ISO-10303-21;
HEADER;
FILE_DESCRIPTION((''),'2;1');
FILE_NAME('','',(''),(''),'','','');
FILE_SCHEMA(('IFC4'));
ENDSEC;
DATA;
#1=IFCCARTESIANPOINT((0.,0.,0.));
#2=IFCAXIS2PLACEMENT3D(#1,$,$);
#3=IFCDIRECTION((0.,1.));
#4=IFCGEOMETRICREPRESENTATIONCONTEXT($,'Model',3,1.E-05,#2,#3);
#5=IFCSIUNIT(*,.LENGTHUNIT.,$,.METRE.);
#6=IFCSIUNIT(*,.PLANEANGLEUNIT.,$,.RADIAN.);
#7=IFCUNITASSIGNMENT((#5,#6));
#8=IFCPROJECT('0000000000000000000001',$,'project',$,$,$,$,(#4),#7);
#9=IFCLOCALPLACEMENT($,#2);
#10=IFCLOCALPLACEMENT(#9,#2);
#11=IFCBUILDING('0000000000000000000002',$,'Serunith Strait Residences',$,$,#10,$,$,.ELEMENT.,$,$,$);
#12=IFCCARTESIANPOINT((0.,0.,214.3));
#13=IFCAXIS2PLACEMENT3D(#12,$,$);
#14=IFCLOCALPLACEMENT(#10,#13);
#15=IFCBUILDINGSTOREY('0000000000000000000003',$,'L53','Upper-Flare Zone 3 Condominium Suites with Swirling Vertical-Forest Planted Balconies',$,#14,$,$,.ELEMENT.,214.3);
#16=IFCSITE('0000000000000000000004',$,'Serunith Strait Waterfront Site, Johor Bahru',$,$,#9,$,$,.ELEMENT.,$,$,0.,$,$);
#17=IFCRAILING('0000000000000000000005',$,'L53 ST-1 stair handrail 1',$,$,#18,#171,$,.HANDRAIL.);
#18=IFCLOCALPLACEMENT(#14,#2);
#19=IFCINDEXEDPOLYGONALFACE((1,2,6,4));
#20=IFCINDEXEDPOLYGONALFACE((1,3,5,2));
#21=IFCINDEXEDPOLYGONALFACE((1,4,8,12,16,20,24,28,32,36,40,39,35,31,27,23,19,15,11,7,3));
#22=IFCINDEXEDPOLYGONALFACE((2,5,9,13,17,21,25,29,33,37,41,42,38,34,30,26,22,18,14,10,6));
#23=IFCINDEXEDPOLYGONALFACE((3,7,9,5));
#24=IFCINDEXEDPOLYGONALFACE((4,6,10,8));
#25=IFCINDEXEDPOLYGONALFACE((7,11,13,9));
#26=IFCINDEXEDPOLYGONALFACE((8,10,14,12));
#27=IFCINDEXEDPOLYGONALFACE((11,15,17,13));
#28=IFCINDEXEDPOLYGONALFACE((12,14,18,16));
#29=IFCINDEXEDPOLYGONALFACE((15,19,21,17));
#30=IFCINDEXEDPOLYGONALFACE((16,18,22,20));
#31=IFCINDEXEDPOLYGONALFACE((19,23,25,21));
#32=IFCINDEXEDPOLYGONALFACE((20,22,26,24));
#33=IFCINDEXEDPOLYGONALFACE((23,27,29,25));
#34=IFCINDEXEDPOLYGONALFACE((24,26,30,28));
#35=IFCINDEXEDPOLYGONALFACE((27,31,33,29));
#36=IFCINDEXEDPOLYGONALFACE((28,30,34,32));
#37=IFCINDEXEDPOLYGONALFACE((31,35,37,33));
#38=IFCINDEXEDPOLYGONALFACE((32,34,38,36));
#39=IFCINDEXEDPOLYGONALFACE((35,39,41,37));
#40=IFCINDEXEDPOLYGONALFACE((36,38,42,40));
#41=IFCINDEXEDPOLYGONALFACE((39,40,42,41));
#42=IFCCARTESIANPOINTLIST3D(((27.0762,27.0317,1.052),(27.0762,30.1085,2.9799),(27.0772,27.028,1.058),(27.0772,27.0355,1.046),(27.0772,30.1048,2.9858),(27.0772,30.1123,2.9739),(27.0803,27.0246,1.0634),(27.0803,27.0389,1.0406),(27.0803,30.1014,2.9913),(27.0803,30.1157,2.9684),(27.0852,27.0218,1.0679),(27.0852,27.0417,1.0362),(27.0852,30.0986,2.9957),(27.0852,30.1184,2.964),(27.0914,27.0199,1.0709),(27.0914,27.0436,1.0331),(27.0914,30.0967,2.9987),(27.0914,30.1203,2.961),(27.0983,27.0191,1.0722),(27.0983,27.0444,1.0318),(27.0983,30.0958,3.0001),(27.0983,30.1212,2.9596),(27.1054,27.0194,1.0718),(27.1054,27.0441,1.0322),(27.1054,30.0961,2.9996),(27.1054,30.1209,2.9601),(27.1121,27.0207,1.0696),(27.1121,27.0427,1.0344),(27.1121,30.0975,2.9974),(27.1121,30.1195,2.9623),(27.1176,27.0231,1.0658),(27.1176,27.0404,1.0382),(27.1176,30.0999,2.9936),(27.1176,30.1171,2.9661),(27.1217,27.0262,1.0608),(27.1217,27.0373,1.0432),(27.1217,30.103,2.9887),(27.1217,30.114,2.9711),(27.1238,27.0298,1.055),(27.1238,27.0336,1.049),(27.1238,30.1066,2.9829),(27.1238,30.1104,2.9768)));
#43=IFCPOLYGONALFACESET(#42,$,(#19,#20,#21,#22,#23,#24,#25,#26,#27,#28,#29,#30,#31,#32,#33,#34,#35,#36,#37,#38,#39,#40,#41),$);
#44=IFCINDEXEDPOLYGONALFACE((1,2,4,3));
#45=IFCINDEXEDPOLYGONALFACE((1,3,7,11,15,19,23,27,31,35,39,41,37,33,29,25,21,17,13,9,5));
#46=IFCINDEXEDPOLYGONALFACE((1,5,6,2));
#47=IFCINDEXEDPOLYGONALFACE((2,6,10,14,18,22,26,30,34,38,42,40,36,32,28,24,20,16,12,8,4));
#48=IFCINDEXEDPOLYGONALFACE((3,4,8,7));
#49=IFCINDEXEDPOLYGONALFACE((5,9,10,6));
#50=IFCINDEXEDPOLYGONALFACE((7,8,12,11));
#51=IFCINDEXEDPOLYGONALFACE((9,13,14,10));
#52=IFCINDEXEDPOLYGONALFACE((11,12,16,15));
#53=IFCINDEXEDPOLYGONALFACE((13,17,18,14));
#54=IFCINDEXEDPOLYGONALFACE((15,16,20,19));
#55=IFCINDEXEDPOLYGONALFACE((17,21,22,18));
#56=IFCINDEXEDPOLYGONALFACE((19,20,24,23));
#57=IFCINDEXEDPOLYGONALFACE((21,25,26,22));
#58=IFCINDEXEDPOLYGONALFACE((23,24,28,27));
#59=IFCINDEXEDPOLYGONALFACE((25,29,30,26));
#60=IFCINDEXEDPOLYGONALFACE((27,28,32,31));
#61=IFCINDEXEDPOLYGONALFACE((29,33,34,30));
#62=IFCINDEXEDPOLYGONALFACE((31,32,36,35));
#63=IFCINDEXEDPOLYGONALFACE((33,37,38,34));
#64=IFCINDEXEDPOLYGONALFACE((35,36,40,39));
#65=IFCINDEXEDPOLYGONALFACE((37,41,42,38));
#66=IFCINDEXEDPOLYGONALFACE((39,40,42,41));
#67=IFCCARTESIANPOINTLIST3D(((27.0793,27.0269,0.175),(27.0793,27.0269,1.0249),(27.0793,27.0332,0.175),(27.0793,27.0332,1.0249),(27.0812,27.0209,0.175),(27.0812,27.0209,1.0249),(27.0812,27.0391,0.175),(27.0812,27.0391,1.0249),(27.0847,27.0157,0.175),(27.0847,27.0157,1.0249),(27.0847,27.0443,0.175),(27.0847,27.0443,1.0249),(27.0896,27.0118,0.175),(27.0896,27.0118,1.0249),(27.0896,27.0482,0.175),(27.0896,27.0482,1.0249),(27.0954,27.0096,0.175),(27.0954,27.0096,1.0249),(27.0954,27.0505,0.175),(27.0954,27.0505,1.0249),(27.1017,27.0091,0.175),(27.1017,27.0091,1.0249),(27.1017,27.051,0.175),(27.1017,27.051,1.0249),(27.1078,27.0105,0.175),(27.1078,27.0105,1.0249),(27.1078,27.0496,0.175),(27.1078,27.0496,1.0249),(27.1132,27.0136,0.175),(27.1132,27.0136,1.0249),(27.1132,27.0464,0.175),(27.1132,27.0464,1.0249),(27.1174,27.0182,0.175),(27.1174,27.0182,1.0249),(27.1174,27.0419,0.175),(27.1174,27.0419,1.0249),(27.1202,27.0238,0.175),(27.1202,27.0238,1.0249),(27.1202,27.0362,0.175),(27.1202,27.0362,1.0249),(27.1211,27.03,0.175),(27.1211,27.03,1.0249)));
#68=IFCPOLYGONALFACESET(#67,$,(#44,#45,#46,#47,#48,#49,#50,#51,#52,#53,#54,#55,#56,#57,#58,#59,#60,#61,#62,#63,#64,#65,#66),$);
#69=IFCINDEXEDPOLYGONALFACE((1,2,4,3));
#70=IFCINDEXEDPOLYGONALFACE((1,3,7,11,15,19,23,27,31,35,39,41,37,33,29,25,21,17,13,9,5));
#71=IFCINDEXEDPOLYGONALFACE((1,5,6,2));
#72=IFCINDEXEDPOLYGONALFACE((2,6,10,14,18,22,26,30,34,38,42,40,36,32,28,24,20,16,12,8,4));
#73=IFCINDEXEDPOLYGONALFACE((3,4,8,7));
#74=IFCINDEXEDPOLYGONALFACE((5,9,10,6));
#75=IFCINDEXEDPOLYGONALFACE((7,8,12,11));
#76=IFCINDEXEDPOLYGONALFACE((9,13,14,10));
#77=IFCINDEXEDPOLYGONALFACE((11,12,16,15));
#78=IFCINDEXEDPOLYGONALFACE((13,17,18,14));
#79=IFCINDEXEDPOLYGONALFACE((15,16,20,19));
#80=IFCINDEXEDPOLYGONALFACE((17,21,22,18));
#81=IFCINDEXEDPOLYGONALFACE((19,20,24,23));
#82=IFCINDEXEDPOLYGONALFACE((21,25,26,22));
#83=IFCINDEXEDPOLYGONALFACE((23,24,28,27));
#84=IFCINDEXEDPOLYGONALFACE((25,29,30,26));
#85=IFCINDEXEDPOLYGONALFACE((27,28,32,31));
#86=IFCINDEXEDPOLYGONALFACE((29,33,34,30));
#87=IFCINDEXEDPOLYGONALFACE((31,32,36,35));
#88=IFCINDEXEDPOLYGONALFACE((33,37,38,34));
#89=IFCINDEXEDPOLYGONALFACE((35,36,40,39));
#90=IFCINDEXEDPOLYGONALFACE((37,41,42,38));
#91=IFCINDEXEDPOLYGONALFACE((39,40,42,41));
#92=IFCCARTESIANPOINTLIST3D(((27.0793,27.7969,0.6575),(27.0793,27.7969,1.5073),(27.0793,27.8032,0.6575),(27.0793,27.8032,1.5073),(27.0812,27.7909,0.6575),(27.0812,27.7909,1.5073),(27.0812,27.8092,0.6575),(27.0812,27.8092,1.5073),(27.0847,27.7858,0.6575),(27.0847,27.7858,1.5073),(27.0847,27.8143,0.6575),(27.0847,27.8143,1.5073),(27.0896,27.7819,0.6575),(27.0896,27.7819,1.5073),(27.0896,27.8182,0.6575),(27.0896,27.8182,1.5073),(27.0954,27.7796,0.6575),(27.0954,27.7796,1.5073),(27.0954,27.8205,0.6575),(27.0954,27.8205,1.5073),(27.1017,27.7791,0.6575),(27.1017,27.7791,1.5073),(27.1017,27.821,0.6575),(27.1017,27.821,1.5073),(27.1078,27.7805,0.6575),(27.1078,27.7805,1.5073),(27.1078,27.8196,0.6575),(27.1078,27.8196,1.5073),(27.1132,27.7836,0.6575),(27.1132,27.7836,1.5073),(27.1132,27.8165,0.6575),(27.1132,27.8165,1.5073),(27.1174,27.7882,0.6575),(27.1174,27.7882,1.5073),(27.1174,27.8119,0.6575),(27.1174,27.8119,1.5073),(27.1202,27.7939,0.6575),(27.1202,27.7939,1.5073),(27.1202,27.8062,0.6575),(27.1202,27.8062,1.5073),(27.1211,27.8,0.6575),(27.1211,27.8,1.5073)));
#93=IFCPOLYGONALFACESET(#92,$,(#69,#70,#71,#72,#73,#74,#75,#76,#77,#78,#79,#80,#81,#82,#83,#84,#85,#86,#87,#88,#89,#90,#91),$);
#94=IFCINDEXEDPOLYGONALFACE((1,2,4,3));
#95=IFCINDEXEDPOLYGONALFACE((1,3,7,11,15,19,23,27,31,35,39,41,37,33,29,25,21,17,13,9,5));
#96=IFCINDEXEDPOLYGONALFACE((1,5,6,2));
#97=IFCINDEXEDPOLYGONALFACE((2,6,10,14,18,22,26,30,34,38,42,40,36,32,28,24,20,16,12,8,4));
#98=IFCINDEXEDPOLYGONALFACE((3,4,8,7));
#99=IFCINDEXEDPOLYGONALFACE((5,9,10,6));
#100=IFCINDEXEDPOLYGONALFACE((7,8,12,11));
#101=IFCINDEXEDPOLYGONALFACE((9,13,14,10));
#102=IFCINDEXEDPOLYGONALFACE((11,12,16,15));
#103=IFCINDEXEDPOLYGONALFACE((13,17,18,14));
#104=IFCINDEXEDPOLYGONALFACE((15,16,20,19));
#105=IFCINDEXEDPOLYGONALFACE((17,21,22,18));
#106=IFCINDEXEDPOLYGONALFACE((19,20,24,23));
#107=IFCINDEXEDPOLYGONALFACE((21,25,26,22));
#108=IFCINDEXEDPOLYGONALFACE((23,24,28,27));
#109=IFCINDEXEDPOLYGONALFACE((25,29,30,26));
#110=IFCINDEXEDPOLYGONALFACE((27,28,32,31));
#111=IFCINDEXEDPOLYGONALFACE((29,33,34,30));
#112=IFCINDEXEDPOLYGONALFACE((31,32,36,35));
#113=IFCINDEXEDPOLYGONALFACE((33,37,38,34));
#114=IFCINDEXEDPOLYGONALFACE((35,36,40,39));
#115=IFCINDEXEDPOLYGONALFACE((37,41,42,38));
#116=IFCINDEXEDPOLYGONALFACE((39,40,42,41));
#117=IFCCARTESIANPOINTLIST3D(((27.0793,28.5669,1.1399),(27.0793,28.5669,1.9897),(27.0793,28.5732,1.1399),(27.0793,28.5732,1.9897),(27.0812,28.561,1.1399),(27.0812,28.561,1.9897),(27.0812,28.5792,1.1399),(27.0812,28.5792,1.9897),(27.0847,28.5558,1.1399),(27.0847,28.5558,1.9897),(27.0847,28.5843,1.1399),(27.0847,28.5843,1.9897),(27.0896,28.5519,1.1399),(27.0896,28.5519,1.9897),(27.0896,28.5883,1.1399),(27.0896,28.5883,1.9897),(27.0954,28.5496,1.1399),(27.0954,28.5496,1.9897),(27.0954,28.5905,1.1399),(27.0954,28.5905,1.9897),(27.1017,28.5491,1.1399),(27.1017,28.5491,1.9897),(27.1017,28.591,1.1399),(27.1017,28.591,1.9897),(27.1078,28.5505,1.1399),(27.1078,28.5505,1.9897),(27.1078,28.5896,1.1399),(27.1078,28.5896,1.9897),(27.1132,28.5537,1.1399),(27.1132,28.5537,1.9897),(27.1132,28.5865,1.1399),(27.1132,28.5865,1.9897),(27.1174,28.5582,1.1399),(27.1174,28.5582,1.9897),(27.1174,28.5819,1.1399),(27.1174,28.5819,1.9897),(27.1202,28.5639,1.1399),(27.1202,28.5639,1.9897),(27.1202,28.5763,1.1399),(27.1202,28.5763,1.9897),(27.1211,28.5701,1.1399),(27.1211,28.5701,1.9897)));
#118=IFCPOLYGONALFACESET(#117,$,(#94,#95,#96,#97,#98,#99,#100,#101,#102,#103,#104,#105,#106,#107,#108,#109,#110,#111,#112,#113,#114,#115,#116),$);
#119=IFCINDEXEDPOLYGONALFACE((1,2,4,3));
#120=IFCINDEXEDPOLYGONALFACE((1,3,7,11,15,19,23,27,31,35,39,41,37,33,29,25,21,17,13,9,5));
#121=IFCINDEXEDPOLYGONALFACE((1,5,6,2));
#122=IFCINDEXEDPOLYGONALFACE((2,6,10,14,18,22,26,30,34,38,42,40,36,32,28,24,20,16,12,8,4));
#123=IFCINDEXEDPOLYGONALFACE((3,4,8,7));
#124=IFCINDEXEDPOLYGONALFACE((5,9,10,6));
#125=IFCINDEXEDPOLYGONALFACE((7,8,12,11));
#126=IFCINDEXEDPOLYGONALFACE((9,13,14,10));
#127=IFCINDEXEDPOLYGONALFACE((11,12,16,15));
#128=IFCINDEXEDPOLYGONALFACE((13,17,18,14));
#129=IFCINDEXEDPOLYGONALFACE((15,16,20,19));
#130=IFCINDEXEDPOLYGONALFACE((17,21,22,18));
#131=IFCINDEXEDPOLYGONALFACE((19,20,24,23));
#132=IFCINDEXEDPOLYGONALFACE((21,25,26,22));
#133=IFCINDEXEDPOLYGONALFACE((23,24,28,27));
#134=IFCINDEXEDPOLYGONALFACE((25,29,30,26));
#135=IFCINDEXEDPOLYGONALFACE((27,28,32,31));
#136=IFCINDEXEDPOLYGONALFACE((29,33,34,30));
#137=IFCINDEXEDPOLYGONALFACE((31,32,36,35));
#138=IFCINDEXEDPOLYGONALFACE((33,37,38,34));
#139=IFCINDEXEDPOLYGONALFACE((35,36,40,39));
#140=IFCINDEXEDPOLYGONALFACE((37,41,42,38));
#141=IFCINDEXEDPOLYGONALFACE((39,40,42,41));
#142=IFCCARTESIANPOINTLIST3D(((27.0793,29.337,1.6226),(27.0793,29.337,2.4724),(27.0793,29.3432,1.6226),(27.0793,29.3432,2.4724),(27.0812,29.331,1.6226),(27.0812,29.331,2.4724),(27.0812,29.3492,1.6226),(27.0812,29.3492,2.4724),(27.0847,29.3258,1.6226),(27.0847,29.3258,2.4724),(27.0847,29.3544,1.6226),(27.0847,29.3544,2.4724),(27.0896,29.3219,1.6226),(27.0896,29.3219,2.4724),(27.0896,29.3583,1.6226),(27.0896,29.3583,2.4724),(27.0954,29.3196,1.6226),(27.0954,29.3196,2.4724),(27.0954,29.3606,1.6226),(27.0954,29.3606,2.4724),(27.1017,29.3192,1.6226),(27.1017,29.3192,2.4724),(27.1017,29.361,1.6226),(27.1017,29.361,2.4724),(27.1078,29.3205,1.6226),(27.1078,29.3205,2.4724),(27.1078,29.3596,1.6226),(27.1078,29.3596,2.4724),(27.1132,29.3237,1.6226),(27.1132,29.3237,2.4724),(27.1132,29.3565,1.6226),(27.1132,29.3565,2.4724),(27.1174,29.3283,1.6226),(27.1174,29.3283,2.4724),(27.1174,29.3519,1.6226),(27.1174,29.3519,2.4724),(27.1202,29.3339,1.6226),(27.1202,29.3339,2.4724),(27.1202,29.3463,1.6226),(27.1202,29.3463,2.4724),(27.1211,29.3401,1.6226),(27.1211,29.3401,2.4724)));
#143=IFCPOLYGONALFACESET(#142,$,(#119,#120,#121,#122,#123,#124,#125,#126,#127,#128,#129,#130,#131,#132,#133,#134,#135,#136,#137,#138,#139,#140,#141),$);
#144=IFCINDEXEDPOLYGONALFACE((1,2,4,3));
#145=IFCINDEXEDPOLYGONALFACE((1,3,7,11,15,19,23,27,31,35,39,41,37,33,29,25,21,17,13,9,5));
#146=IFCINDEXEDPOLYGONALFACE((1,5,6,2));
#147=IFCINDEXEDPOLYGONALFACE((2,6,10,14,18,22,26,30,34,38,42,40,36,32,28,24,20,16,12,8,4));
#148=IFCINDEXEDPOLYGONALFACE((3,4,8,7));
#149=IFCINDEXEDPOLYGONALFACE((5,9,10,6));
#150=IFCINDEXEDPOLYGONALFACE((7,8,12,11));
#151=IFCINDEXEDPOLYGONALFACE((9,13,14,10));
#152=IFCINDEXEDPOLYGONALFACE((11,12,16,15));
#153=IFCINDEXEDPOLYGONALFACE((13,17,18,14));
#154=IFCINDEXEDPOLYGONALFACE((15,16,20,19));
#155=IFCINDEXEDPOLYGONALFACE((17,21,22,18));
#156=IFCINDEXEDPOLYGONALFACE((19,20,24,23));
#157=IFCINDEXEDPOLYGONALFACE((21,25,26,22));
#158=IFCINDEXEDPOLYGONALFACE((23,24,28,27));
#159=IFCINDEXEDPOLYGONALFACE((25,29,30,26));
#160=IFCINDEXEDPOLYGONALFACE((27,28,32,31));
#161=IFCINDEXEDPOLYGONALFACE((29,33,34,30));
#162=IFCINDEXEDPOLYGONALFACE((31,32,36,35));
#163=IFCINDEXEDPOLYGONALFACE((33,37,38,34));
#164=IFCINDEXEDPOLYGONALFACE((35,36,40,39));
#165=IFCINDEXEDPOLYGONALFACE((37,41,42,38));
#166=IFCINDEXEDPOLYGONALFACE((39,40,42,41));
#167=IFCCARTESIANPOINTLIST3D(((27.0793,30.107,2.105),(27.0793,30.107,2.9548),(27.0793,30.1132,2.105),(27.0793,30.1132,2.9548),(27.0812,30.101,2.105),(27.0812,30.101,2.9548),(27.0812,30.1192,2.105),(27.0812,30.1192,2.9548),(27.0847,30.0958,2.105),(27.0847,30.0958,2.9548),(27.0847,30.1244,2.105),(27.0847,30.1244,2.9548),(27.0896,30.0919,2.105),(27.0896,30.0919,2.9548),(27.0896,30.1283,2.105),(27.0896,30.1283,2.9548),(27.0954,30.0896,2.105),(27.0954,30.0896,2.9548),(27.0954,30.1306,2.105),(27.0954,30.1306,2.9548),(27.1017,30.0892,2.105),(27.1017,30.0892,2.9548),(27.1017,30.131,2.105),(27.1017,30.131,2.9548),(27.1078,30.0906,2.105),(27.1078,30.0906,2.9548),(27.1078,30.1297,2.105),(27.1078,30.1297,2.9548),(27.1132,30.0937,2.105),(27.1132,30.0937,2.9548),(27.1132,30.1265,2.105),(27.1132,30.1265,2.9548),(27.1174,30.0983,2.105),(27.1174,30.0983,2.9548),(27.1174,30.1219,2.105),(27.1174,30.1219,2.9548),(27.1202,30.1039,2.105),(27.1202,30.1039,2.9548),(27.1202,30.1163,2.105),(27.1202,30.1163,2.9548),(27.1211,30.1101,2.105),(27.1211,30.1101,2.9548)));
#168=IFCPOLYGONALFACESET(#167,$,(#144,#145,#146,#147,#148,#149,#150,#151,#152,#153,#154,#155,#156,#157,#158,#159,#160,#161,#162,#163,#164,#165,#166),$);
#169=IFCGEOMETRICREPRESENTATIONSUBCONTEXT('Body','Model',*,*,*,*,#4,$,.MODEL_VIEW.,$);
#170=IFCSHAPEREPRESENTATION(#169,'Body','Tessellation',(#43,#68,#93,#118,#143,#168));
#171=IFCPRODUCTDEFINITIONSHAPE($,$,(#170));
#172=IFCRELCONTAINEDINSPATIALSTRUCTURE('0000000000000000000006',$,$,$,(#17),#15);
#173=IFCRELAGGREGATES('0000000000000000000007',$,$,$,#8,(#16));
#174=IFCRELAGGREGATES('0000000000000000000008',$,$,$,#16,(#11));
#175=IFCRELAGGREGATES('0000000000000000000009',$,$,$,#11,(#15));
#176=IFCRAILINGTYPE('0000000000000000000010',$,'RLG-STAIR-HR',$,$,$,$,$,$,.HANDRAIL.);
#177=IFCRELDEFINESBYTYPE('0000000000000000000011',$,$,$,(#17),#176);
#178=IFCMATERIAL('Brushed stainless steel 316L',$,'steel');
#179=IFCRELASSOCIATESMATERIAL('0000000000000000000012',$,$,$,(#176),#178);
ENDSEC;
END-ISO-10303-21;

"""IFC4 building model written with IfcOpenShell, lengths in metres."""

from ifc_helpers import new_model, si_unit, direction, frame, origin, origin_2d, place, context, subcontext, project, spatial, circle, extrude, material, type_object, element, save


model = new_model("IFC4")

# Units and contexts
model_context = context("Model", 3, precision=1e-05, world=origin(), true_north=direction((0.0, 1.0)))
body_context = subcontext(model_context, "Body", "Model", "MODEL_VIEW")
ifc_project = project(units=[si_unit("LENGTHUNIT", "METRE"), si_unit("PLANEANGLEUNIT", "RADIAN")], contexts=[model_context])

# Site, building, storey
site_placement = place(None, origin())
site = spatial("IfcSite", under=ifc_project, at=site_placement, Name="Serunith Strait Waterfront Site, Johor Bahru", CompositionType="ELEMENT", RefElevation=0.0)
building_placement = place(site_placement, origin())
building = spatial("IfcBuilding", under=site, at=building_placement, Name="Serunith Strait Residences", CompositionType="ELEMENT")
storey_placement = place(building_placement, frame((0.0, 0.0, 214.3)))
storey = spatial("IfcBuildingStorey", under=building, at=storey_placement, Name="L53", Description="Upper-Flare Zone 3 Condominium Suites with Swirling Vertical-Forest Planted Balconies", CompositionType="ELEMENT", Elevation=214.3)

# Railing
ifc_material_1 = material(Name="Brushed stainless steel 316L", Category="steel")
railing_type_1 = type_object("IfcRailingType", Name="RLG-STAIR-HR", PredefinedType="HANDRAIL", material=ifc_material_1)
railing_1_placement = place(storey_placement, frame((27.1001, 27.03, 0.175)))
element("IfcRailing", 1, at=railing_1_placement, inside=storey, type_object=railing_type_1, Name="L53 ST-1 stair handrail 1", PredefinedType="HANDRAIL", context=body_context, shape_type="SweptSolid", body=[
    extrude(circle(Radius=0.0239, at=origin_2d()), frame((0.0, 0.0017, 0.877), z_axis=(0.0, 0.847394, 0.530965), x_axis=(-1.0, 0.0, 0.0)), (0.0, 0.0, 1.0), 3.6309),
    extrude(circle(Radius=0.021, at=origin_2d()), origin(), (0.0, 0.0, 1.0), 0.8499),
    extrude(circle(Radius=0.021, at=origin_2d()), frame((0.0, 0.77, 0.4824)), (0.0, 0.0, 1.0), 0.8499),
    extrude(circle(Radius=0.021, at=origin_2d()), frame((0.0, 1.54, 0.9648)), (0.0, 0.0, 1.0), 0.8499),
    extrude(circle(Radius=0.021, at=origin_2d()), frame((0.0, 2.3101, 1.4475)), (0.0, 0.0, 1.0), 0.8499),
    extrude(circle(Radius=0.021, at=origin_2d()), frame((0.0, 3.0801, 1.9299)), (0.0, 0.0, 1.0), 0.8499),
])

save(model, "model.ifc")
